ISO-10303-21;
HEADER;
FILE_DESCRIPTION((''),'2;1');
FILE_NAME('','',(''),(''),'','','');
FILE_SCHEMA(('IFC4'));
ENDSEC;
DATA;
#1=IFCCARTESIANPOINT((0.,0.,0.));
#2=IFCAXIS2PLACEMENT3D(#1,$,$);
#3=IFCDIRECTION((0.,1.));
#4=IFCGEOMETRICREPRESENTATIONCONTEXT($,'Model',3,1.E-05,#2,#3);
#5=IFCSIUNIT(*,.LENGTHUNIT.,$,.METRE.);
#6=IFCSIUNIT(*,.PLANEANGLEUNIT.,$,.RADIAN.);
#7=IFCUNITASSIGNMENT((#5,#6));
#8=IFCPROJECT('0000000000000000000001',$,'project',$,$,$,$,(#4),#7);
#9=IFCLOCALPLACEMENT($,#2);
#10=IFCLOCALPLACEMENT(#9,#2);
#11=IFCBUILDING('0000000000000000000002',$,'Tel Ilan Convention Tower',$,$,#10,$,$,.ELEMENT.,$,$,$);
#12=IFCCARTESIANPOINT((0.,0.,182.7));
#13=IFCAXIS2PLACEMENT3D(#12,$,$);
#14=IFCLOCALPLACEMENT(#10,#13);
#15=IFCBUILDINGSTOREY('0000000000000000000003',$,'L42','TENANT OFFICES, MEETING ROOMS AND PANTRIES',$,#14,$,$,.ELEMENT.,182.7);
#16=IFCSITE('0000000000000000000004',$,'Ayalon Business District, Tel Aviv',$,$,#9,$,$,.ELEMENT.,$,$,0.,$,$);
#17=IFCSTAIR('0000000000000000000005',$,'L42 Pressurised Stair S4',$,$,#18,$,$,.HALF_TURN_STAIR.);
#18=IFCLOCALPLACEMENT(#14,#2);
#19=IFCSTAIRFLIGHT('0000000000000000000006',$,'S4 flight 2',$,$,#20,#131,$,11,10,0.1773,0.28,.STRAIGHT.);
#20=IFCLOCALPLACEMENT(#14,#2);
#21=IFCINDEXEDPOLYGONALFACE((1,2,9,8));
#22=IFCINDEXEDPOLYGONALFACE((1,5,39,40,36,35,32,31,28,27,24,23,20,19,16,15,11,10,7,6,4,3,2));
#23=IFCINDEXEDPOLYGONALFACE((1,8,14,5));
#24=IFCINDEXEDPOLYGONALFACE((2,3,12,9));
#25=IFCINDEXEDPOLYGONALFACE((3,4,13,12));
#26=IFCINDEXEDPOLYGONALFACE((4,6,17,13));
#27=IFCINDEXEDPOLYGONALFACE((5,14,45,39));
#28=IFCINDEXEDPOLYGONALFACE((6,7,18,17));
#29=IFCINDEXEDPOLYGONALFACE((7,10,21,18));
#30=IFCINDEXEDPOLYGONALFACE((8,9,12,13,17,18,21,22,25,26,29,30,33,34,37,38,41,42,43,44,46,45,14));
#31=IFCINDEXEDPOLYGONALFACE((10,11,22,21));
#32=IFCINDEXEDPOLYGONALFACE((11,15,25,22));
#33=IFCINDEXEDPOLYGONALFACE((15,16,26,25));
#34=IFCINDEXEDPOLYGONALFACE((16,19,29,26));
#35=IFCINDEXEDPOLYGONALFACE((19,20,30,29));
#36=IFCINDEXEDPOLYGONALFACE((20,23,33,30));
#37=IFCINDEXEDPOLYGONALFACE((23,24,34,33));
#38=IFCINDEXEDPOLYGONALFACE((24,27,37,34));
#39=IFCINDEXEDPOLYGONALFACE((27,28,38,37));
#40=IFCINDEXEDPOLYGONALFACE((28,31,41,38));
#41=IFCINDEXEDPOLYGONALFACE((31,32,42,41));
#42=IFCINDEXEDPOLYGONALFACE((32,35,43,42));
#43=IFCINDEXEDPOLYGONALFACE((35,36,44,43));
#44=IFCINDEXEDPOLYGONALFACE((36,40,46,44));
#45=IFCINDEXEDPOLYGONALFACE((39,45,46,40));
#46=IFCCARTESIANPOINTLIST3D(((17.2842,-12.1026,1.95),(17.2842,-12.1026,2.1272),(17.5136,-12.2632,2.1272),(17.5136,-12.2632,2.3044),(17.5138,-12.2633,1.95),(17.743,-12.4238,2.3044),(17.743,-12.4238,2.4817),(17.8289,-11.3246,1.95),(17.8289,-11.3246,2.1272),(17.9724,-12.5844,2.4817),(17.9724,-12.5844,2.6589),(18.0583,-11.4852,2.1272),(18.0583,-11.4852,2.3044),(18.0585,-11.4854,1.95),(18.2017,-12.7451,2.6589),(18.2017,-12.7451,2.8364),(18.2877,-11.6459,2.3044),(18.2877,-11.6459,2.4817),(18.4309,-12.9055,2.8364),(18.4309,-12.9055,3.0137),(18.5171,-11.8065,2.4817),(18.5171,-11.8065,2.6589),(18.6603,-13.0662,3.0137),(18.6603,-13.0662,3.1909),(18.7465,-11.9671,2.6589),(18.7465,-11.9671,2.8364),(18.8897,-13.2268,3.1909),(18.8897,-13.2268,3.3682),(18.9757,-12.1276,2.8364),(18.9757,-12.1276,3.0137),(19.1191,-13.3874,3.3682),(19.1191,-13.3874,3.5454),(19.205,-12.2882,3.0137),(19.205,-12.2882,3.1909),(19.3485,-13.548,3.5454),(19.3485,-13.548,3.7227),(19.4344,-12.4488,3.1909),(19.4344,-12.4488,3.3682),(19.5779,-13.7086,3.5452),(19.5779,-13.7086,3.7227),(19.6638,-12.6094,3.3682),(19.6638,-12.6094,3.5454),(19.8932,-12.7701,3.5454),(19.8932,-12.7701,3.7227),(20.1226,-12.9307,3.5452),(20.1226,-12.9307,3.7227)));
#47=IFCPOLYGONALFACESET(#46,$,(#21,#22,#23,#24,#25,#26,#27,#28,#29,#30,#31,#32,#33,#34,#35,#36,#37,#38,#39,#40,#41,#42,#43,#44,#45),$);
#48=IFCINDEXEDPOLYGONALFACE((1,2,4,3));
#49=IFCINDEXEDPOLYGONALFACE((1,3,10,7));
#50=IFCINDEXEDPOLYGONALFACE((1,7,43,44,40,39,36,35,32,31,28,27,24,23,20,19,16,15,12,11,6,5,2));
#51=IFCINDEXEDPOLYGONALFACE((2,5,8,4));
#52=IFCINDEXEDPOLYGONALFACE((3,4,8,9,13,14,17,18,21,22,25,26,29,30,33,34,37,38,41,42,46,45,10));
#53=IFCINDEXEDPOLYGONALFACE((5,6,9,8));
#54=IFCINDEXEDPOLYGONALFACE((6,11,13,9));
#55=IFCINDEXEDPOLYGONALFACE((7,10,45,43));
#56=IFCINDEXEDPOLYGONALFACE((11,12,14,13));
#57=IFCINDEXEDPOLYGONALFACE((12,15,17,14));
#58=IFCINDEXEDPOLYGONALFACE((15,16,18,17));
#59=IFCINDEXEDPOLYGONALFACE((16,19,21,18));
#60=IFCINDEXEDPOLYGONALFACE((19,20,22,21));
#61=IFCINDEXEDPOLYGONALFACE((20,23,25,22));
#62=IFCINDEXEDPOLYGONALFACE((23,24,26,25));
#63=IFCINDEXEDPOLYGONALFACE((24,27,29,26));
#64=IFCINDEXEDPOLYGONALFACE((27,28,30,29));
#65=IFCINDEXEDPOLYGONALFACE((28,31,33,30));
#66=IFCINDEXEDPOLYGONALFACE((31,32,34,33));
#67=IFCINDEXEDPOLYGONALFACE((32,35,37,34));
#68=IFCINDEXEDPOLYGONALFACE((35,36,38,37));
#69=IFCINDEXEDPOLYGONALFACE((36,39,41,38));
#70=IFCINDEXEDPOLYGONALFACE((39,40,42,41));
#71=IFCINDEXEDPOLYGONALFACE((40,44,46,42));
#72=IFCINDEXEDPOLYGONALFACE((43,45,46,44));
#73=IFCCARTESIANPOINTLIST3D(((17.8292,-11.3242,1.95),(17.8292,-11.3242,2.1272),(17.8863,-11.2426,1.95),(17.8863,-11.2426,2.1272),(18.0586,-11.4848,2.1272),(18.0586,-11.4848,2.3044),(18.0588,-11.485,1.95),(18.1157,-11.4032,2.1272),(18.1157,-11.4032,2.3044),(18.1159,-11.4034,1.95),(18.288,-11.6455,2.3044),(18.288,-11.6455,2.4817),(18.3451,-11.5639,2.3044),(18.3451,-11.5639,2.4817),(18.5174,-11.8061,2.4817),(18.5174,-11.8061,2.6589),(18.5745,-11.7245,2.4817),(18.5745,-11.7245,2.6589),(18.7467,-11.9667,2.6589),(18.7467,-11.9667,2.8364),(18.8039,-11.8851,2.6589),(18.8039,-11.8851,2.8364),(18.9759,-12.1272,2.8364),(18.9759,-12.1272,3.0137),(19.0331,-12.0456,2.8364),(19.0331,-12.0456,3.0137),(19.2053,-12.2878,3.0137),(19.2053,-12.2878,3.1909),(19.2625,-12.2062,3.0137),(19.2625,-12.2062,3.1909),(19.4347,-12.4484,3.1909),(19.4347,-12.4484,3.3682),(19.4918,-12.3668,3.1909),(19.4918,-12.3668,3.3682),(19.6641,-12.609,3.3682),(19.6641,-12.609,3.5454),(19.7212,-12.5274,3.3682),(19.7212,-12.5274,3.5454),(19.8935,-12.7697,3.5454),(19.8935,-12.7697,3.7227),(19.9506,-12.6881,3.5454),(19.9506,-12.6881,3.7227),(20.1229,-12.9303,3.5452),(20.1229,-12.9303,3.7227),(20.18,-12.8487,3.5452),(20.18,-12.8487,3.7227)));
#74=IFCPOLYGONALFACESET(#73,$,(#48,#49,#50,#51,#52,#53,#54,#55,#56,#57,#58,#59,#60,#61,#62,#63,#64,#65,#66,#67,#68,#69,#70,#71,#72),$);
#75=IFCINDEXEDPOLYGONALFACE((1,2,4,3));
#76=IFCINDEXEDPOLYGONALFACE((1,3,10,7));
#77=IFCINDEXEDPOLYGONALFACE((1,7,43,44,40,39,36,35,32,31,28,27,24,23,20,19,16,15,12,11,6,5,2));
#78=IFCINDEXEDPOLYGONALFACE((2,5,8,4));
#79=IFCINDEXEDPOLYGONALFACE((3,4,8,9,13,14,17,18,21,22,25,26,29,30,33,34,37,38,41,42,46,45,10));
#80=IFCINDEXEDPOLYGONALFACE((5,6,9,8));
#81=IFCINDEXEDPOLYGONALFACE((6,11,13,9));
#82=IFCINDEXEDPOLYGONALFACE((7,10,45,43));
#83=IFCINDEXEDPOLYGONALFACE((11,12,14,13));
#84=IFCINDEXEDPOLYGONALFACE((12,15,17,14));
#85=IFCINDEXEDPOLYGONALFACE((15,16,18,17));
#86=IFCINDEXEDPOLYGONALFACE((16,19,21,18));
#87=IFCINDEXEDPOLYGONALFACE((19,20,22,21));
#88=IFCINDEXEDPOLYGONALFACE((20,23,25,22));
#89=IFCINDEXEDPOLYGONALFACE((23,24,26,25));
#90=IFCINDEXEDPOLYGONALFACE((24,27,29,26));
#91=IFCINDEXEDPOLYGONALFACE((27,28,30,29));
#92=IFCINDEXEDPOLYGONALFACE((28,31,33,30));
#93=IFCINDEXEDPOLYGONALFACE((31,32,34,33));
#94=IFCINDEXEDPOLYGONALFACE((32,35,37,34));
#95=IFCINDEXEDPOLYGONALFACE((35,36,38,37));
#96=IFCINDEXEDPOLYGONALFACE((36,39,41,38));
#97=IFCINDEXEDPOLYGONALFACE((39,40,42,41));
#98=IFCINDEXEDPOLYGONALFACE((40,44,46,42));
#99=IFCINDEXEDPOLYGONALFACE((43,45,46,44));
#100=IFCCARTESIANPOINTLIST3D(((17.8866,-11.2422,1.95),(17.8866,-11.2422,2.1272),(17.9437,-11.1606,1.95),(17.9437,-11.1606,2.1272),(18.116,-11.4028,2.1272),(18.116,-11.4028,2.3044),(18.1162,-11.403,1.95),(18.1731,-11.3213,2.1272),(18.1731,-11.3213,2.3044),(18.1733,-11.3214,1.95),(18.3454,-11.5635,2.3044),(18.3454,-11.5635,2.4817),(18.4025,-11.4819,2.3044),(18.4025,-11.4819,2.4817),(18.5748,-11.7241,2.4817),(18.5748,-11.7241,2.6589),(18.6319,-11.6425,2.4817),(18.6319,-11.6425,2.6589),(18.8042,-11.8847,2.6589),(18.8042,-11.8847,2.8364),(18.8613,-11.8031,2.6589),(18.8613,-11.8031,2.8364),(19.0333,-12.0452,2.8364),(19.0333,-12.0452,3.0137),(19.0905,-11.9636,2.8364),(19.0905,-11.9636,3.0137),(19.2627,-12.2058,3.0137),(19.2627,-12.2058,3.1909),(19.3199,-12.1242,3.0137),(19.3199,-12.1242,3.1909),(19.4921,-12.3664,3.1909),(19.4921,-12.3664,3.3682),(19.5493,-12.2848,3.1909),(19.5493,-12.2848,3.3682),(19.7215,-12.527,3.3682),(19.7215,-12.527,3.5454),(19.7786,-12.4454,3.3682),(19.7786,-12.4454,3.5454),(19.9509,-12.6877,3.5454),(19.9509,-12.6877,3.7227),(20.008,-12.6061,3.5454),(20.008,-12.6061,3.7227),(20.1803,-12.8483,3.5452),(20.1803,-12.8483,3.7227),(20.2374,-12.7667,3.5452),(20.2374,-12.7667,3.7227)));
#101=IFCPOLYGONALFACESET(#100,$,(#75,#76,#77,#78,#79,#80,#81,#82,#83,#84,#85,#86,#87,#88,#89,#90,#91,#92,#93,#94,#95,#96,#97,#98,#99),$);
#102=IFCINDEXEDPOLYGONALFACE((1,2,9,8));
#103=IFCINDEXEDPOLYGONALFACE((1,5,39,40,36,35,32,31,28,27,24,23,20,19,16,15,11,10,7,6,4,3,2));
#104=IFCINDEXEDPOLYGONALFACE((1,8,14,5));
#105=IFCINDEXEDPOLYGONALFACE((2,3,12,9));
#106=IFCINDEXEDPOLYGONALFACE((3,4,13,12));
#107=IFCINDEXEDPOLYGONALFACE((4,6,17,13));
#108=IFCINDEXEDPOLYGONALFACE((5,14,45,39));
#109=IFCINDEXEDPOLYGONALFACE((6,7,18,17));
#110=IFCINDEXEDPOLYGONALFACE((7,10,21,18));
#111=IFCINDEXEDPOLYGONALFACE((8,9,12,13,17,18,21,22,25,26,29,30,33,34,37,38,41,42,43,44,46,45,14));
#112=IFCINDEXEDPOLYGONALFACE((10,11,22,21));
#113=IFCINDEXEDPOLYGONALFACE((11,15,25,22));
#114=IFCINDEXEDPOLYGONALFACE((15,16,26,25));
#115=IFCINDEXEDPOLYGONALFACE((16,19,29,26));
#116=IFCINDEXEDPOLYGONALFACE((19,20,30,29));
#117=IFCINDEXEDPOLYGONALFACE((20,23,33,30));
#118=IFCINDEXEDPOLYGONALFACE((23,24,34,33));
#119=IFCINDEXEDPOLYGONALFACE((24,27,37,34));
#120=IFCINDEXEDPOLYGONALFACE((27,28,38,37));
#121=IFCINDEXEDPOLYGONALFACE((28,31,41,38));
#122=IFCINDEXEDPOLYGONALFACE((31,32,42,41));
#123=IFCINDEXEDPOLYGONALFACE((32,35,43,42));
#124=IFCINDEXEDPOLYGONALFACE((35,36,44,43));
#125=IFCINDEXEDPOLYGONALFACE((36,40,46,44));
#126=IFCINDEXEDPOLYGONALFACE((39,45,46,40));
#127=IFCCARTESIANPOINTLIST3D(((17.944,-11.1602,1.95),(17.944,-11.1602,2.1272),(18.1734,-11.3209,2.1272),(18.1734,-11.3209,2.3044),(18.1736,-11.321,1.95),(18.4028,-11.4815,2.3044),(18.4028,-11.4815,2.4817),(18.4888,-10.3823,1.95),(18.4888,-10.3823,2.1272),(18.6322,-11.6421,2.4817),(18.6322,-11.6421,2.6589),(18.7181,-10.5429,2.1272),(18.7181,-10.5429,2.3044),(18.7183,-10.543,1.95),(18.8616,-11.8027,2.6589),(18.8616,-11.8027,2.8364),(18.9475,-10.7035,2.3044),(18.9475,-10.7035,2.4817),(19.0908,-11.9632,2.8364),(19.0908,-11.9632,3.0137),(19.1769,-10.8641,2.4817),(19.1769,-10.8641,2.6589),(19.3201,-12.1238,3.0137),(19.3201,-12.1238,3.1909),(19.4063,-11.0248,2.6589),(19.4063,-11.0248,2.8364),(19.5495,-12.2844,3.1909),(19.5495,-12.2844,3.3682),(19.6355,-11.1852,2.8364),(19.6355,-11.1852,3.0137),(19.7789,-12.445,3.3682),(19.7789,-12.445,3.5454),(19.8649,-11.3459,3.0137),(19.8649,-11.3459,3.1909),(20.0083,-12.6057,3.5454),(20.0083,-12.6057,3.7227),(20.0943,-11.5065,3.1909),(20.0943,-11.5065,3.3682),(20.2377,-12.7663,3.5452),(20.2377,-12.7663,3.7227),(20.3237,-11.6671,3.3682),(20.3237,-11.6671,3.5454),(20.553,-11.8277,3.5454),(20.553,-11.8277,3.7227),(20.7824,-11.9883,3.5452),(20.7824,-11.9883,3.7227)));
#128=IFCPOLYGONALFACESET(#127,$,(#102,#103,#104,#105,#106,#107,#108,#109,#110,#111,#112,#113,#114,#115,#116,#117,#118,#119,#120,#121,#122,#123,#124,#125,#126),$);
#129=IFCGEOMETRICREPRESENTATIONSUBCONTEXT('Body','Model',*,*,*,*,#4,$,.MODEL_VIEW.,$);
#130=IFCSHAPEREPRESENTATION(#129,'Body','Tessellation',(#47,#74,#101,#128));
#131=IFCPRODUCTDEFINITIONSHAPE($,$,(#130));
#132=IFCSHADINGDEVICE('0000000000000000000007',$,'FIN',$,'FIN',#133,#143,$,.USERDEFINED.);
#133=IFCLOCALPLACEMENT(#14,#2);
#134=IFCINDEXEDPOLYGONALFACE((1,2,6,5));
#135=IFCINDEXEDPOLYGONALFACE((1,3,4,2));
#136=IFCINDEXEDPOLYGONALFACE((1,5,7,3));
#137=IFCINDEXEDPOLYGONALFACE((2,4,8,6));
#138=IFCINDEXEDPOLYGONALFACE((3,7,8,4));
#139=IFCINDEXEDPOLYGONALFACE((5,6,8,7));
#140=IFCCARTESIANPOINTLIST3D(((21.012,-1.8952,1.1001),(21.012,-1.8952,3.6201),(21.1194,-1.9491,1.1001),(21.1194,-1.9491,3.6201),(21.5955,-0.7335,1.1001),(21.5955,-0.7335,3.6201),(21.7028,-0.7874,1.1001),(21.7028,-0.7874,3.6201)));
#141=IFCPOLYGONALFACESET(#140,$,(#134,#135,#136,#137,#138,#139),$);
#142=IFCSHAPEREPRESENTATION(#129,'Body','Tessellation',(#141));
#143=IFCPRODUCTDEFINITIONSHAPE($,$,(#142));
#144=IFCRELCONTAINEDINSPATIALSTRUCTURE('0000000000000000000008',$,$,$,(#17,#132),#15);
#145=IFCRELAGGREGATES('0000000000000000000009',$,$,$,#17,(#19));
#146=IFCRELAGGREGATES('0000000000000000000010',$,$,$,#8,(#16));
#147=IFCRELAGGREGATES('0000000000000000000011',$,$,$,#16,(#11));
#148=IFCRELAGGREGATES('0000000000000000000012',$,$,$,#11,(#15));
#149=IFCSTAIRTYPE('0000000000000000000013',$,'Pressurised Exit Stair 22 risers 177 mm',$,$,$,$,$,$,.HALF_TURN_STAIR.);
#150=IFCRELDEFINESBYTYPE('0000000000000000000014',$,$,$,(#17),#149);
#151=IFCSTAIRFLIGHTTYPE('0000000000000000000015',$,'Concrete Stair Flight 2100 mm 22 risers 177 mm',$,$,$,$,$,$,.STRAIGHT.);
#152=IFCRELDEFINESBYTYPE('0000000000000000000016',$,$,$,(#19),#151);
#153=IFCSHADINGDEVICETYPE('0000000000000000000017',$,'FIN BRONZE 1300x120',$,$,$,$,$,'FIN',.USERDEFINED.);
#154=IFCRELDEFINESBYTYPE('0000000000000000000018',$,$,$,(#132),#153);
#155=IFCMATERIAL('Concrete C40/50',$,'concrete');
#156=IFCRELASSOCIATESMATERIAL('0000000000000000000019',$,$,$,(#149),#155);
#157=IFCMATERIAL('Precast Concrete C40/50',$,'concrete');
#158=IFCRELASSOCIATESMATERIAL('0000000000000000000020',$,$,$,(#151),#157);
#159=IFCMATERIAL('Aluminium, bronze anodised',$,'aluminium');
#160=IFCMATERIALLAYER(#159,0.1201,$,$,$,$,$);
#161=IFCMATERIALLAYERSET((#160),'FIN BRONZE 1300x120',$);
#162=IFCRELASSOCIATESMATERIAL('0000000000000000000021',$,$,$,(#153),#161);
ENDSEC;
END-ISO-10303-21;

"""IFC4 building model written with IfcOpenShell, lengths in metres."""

from ifc_helpers import new_model, si_unit, direction, frame, origin, origin_2d, place, context, subcontext, project, spatial, polyline, rectangle, outline, extrude, material, layer, layer_set, type_object, element, aggregate, save


model = new_model("IFC4")

# Units and contexts
model_context = context("Model", 3, precision=1e-05, world=origin(), true_north=direction((0.0, 1.0)))
body_context = subcontext(model_context, "Body", "Model", "MODEL_VIEW")
ifc_project = project(units=[si_unit("LENGTHUNIT", "METRE"), si_unit("PLANEANGLEUNIT", "RADIAN")], contexts=[model_context])

# Site, building, storey
site_placement = place(None, origin())
site = spatial("IfcSite", under=ifc_project, at=site_placement, Name="Ayalon Business District, Tel Aviv", CompositionType="ELEMENT", RefElevation=0.0)
building_placement = place(site_placement, origin())
building = spatial("IfcBuilding", under=site, at=building_placement, Name="Tel Ilan Convention Tower", CompositionType="ELEMENT")
storey_placement = place(building_placement, frame((0.0, 0.0, 182.7)))
storey = spatial("IfcBuildingStorey", under=building, at=storey_placement, Name="L42", Description="TENANT OFFICES, MEETING ROOMS AND PANTRIES", CompositionType="ELEMENT", Elevation=182.7)

# Shared definitions
ifc_material_1 = material(Name="Concrete C40/50", Category="concrete")
stair_type = type_object("IfcStairType", Name="Pressurised Exit Stair 22 risers 177 mm", PredefinedType="HALF_TURN_STAIR", material=ifc_material_1)
ifc_material_2 = material(Name="Precast Concrete C40/50", Category="concrete")
stair_flight_type = type_object("IfcStairFlightType", Name="Concrete Stair Flight 2100 mm 22 risers 177 mm", PredefinedType="STRAIGHT", material=ifc_material_2)

# Stair, stair flight
stair_1_placement = place(storey_placement, origin())
stair_1 = element("IfcStair", 1, at=stair_1_placement, inside=storey, type_object=stair_type, Name="L42 Pressurised Stair S4", PredefinedType="HALF_TURN_STAIR")
stair_flight_1_placement = place(storey_placement, frame((17.8865, -11.2424, 1.95), z_axis=(0.0, 0.0, 1.0), x_axis=(0.819152, -0.573576, 0.0)))
stair_flight_1 = element("IfcStairFlight", 2, at=stair_flight_1_placement, type_object=stair_flight_type, Name="S4 flight 2", NumberOfRisers=11, NumberOfTreads=10, PredefinedType="STRAIGHT", RiserHeight=0.1773, TreadLength=0.28, context=body_context, shape_type="SweptSolid", body=[
    extrude(outline(polyline([(0.0, 0.0), (0.0, 0.1772), (0.28, 0.1772), (0.28, 0.3545), (0.5601, 0.3545), (0.5601, 0.5317), (0.8401, 0.5317), (0.8401, 0.709), (1.1201, 0.709), (1.1201, 0.8865), (1.3999, 0.8865), (1.3999, 1.0637), (1.6799, 1.0637), (1.6799, 1.241), (1.96, 1.241), (1.96, 1.4182), (2.24, 1.4182), (2.24, 1.5955), (2.52, 1.5955), (2.52, 1.7727), (2.8, 1.7727), (2.8, 1.95), (2.8, 1.5952), (0.2803, 0.0), (0.0, 0.0)])), frame((0.0, -0.1003, 0.0), z_axis=(0.0, -1.0, 0.0), x_axis=(1.0, 0.0, 0.0)), (0.0, 0.0, 1.0), 0.9497),
    extrude(outline(polyline([(0.0, 0.0), (0.0, 0.1772), (0.28, 0.1772), (0.28, 0.3545), (0.5601, 0.3545), (0.5601, 0.5317), (0.8401, 0.5317), (0.8401, 0.709), (1.1201, 0.709), (1.1201, 0.8865), (1.3999, 0.8865), (1.3999, 1.0637), (1.6799, 1.0637), (1.6799, 1.241), (1.96, 1.241), (1.96, 1.4182), (2.24, 1.4182), (2.24, 1.5955), (2.52, 1.5955), (2.52, 1.7727), (2.8, 1.7727), (2.8, 1.95), (2.8, 1.5952), (0.2803, 0.0), (0.0, 0.0)])), frame((0.0, -0.0002, 0.0), z_axis=(0.0, -1.0, 0.0), x_axis=(1.0, 0.0, 0.0)), (0.0, 0.0, 1.0), 0.0996),
    extrude(outline(polyline([(0.0, 0.0), (0.0, 0.1772), (0.28, 0.1772), (0.28, 0.3545), (0.5601, 0.3545), (0.5601, 0.5317), (0.8401, 0.5317), (0.8401, 0.709), (1.1201, 0.709), (1.1201, 0.8865), (1.3999, 0.8865), (1.3999, 1.0637), (1.6799, 1.0637), (1.6799, 1.241), (1.96, 1.241), (1.96, 1.4182), (2.24, 1.4182), (2.24, 1.5955), (2.52, 1.5955), (2.52, 1.7727), (2.8, 1.7727), (2.8, 1.95), (2.8, 1.5952), (0.2803, 0.0), (0.0, 0.0)])), frame((0.0, 0.0999, 0.0), z_axis=(0.0, -1.0, 0.0), x_axis=(1.0, 0.0, 0.0)), (0.0, 0.0, 1.0), 0.0996),
    extrude(outline(polyline([(0.0, 0.0), (0.0, 0.1772), (0.28, 0.1772), (0.28, 0.3545), (0.5601, 0.3545), (0.5601, 0.5317), (0.8401, 0.5317), (0.8401, 0.709), (1.1201, 0.709), (1.1201, 0.8865), (1.3999, 0.8865), (1.3999, 1.0637), (1.6799, 1.0637), (1.6799, 1.241), (1.96, 1.241), (1.96, 1.4182), (2.24, 1.4182), (2.24, 1.5955), (2.52, 1.5955), (2.52, 1.7727), (2.8, 1.7727), (2.8, 1.95), (2.8, 1.5952), (0.2803, 0.0), (0.0, 0.0)])), frame((0.0, 1.05, 0.0), z_axis=(0.0, -1.0, 0.0), x_axis=(1.0, 0.0, 0.0)), (0.0, 0.0, 1.0), 0.9497),
])
aggregate(stair_1, [stair_flight_1])

# Shading device
ifc_material_3 = material(Name="Aluminium, bronze anodised", Category="aluminium")
ifc_layer_1 = layer(ifc_material_3, 0.1201)
ifc_layer_set_1 = layer_set([ifc_layer_1], Name="FIN BRONZE 1300x120")
shading_device_type = type_object("IfcShadingDeviceType", Name="FIN BRONZE 1300x120", ElementType="FIN", PredefinedType="USERDEFINED", material=ifc_layer_set_1)
shading_device_placement = place(storey_placement, frame((21.3574, -1.3413, 1.1001), z_axis=(0.0, 0.0, 1.0), x_axis=(0.448799, 0.893633, 0.0)))
element("IfcShadingDevice", 3, at=shading_device_placement, inside=storey, type_object=shading_device_type, Name="FIN", ObjectType="FIN", PredefinedType="USERDEFINED", context=body_context, shape_type="SweptSolid", body=[
    extrude(rectangle(XDim=1.3, YDim=0.1201, at=origin_2d()), origin(), (0.0, 0.0, 1.0), 2.52),
])

save(model, "model.ifc")
